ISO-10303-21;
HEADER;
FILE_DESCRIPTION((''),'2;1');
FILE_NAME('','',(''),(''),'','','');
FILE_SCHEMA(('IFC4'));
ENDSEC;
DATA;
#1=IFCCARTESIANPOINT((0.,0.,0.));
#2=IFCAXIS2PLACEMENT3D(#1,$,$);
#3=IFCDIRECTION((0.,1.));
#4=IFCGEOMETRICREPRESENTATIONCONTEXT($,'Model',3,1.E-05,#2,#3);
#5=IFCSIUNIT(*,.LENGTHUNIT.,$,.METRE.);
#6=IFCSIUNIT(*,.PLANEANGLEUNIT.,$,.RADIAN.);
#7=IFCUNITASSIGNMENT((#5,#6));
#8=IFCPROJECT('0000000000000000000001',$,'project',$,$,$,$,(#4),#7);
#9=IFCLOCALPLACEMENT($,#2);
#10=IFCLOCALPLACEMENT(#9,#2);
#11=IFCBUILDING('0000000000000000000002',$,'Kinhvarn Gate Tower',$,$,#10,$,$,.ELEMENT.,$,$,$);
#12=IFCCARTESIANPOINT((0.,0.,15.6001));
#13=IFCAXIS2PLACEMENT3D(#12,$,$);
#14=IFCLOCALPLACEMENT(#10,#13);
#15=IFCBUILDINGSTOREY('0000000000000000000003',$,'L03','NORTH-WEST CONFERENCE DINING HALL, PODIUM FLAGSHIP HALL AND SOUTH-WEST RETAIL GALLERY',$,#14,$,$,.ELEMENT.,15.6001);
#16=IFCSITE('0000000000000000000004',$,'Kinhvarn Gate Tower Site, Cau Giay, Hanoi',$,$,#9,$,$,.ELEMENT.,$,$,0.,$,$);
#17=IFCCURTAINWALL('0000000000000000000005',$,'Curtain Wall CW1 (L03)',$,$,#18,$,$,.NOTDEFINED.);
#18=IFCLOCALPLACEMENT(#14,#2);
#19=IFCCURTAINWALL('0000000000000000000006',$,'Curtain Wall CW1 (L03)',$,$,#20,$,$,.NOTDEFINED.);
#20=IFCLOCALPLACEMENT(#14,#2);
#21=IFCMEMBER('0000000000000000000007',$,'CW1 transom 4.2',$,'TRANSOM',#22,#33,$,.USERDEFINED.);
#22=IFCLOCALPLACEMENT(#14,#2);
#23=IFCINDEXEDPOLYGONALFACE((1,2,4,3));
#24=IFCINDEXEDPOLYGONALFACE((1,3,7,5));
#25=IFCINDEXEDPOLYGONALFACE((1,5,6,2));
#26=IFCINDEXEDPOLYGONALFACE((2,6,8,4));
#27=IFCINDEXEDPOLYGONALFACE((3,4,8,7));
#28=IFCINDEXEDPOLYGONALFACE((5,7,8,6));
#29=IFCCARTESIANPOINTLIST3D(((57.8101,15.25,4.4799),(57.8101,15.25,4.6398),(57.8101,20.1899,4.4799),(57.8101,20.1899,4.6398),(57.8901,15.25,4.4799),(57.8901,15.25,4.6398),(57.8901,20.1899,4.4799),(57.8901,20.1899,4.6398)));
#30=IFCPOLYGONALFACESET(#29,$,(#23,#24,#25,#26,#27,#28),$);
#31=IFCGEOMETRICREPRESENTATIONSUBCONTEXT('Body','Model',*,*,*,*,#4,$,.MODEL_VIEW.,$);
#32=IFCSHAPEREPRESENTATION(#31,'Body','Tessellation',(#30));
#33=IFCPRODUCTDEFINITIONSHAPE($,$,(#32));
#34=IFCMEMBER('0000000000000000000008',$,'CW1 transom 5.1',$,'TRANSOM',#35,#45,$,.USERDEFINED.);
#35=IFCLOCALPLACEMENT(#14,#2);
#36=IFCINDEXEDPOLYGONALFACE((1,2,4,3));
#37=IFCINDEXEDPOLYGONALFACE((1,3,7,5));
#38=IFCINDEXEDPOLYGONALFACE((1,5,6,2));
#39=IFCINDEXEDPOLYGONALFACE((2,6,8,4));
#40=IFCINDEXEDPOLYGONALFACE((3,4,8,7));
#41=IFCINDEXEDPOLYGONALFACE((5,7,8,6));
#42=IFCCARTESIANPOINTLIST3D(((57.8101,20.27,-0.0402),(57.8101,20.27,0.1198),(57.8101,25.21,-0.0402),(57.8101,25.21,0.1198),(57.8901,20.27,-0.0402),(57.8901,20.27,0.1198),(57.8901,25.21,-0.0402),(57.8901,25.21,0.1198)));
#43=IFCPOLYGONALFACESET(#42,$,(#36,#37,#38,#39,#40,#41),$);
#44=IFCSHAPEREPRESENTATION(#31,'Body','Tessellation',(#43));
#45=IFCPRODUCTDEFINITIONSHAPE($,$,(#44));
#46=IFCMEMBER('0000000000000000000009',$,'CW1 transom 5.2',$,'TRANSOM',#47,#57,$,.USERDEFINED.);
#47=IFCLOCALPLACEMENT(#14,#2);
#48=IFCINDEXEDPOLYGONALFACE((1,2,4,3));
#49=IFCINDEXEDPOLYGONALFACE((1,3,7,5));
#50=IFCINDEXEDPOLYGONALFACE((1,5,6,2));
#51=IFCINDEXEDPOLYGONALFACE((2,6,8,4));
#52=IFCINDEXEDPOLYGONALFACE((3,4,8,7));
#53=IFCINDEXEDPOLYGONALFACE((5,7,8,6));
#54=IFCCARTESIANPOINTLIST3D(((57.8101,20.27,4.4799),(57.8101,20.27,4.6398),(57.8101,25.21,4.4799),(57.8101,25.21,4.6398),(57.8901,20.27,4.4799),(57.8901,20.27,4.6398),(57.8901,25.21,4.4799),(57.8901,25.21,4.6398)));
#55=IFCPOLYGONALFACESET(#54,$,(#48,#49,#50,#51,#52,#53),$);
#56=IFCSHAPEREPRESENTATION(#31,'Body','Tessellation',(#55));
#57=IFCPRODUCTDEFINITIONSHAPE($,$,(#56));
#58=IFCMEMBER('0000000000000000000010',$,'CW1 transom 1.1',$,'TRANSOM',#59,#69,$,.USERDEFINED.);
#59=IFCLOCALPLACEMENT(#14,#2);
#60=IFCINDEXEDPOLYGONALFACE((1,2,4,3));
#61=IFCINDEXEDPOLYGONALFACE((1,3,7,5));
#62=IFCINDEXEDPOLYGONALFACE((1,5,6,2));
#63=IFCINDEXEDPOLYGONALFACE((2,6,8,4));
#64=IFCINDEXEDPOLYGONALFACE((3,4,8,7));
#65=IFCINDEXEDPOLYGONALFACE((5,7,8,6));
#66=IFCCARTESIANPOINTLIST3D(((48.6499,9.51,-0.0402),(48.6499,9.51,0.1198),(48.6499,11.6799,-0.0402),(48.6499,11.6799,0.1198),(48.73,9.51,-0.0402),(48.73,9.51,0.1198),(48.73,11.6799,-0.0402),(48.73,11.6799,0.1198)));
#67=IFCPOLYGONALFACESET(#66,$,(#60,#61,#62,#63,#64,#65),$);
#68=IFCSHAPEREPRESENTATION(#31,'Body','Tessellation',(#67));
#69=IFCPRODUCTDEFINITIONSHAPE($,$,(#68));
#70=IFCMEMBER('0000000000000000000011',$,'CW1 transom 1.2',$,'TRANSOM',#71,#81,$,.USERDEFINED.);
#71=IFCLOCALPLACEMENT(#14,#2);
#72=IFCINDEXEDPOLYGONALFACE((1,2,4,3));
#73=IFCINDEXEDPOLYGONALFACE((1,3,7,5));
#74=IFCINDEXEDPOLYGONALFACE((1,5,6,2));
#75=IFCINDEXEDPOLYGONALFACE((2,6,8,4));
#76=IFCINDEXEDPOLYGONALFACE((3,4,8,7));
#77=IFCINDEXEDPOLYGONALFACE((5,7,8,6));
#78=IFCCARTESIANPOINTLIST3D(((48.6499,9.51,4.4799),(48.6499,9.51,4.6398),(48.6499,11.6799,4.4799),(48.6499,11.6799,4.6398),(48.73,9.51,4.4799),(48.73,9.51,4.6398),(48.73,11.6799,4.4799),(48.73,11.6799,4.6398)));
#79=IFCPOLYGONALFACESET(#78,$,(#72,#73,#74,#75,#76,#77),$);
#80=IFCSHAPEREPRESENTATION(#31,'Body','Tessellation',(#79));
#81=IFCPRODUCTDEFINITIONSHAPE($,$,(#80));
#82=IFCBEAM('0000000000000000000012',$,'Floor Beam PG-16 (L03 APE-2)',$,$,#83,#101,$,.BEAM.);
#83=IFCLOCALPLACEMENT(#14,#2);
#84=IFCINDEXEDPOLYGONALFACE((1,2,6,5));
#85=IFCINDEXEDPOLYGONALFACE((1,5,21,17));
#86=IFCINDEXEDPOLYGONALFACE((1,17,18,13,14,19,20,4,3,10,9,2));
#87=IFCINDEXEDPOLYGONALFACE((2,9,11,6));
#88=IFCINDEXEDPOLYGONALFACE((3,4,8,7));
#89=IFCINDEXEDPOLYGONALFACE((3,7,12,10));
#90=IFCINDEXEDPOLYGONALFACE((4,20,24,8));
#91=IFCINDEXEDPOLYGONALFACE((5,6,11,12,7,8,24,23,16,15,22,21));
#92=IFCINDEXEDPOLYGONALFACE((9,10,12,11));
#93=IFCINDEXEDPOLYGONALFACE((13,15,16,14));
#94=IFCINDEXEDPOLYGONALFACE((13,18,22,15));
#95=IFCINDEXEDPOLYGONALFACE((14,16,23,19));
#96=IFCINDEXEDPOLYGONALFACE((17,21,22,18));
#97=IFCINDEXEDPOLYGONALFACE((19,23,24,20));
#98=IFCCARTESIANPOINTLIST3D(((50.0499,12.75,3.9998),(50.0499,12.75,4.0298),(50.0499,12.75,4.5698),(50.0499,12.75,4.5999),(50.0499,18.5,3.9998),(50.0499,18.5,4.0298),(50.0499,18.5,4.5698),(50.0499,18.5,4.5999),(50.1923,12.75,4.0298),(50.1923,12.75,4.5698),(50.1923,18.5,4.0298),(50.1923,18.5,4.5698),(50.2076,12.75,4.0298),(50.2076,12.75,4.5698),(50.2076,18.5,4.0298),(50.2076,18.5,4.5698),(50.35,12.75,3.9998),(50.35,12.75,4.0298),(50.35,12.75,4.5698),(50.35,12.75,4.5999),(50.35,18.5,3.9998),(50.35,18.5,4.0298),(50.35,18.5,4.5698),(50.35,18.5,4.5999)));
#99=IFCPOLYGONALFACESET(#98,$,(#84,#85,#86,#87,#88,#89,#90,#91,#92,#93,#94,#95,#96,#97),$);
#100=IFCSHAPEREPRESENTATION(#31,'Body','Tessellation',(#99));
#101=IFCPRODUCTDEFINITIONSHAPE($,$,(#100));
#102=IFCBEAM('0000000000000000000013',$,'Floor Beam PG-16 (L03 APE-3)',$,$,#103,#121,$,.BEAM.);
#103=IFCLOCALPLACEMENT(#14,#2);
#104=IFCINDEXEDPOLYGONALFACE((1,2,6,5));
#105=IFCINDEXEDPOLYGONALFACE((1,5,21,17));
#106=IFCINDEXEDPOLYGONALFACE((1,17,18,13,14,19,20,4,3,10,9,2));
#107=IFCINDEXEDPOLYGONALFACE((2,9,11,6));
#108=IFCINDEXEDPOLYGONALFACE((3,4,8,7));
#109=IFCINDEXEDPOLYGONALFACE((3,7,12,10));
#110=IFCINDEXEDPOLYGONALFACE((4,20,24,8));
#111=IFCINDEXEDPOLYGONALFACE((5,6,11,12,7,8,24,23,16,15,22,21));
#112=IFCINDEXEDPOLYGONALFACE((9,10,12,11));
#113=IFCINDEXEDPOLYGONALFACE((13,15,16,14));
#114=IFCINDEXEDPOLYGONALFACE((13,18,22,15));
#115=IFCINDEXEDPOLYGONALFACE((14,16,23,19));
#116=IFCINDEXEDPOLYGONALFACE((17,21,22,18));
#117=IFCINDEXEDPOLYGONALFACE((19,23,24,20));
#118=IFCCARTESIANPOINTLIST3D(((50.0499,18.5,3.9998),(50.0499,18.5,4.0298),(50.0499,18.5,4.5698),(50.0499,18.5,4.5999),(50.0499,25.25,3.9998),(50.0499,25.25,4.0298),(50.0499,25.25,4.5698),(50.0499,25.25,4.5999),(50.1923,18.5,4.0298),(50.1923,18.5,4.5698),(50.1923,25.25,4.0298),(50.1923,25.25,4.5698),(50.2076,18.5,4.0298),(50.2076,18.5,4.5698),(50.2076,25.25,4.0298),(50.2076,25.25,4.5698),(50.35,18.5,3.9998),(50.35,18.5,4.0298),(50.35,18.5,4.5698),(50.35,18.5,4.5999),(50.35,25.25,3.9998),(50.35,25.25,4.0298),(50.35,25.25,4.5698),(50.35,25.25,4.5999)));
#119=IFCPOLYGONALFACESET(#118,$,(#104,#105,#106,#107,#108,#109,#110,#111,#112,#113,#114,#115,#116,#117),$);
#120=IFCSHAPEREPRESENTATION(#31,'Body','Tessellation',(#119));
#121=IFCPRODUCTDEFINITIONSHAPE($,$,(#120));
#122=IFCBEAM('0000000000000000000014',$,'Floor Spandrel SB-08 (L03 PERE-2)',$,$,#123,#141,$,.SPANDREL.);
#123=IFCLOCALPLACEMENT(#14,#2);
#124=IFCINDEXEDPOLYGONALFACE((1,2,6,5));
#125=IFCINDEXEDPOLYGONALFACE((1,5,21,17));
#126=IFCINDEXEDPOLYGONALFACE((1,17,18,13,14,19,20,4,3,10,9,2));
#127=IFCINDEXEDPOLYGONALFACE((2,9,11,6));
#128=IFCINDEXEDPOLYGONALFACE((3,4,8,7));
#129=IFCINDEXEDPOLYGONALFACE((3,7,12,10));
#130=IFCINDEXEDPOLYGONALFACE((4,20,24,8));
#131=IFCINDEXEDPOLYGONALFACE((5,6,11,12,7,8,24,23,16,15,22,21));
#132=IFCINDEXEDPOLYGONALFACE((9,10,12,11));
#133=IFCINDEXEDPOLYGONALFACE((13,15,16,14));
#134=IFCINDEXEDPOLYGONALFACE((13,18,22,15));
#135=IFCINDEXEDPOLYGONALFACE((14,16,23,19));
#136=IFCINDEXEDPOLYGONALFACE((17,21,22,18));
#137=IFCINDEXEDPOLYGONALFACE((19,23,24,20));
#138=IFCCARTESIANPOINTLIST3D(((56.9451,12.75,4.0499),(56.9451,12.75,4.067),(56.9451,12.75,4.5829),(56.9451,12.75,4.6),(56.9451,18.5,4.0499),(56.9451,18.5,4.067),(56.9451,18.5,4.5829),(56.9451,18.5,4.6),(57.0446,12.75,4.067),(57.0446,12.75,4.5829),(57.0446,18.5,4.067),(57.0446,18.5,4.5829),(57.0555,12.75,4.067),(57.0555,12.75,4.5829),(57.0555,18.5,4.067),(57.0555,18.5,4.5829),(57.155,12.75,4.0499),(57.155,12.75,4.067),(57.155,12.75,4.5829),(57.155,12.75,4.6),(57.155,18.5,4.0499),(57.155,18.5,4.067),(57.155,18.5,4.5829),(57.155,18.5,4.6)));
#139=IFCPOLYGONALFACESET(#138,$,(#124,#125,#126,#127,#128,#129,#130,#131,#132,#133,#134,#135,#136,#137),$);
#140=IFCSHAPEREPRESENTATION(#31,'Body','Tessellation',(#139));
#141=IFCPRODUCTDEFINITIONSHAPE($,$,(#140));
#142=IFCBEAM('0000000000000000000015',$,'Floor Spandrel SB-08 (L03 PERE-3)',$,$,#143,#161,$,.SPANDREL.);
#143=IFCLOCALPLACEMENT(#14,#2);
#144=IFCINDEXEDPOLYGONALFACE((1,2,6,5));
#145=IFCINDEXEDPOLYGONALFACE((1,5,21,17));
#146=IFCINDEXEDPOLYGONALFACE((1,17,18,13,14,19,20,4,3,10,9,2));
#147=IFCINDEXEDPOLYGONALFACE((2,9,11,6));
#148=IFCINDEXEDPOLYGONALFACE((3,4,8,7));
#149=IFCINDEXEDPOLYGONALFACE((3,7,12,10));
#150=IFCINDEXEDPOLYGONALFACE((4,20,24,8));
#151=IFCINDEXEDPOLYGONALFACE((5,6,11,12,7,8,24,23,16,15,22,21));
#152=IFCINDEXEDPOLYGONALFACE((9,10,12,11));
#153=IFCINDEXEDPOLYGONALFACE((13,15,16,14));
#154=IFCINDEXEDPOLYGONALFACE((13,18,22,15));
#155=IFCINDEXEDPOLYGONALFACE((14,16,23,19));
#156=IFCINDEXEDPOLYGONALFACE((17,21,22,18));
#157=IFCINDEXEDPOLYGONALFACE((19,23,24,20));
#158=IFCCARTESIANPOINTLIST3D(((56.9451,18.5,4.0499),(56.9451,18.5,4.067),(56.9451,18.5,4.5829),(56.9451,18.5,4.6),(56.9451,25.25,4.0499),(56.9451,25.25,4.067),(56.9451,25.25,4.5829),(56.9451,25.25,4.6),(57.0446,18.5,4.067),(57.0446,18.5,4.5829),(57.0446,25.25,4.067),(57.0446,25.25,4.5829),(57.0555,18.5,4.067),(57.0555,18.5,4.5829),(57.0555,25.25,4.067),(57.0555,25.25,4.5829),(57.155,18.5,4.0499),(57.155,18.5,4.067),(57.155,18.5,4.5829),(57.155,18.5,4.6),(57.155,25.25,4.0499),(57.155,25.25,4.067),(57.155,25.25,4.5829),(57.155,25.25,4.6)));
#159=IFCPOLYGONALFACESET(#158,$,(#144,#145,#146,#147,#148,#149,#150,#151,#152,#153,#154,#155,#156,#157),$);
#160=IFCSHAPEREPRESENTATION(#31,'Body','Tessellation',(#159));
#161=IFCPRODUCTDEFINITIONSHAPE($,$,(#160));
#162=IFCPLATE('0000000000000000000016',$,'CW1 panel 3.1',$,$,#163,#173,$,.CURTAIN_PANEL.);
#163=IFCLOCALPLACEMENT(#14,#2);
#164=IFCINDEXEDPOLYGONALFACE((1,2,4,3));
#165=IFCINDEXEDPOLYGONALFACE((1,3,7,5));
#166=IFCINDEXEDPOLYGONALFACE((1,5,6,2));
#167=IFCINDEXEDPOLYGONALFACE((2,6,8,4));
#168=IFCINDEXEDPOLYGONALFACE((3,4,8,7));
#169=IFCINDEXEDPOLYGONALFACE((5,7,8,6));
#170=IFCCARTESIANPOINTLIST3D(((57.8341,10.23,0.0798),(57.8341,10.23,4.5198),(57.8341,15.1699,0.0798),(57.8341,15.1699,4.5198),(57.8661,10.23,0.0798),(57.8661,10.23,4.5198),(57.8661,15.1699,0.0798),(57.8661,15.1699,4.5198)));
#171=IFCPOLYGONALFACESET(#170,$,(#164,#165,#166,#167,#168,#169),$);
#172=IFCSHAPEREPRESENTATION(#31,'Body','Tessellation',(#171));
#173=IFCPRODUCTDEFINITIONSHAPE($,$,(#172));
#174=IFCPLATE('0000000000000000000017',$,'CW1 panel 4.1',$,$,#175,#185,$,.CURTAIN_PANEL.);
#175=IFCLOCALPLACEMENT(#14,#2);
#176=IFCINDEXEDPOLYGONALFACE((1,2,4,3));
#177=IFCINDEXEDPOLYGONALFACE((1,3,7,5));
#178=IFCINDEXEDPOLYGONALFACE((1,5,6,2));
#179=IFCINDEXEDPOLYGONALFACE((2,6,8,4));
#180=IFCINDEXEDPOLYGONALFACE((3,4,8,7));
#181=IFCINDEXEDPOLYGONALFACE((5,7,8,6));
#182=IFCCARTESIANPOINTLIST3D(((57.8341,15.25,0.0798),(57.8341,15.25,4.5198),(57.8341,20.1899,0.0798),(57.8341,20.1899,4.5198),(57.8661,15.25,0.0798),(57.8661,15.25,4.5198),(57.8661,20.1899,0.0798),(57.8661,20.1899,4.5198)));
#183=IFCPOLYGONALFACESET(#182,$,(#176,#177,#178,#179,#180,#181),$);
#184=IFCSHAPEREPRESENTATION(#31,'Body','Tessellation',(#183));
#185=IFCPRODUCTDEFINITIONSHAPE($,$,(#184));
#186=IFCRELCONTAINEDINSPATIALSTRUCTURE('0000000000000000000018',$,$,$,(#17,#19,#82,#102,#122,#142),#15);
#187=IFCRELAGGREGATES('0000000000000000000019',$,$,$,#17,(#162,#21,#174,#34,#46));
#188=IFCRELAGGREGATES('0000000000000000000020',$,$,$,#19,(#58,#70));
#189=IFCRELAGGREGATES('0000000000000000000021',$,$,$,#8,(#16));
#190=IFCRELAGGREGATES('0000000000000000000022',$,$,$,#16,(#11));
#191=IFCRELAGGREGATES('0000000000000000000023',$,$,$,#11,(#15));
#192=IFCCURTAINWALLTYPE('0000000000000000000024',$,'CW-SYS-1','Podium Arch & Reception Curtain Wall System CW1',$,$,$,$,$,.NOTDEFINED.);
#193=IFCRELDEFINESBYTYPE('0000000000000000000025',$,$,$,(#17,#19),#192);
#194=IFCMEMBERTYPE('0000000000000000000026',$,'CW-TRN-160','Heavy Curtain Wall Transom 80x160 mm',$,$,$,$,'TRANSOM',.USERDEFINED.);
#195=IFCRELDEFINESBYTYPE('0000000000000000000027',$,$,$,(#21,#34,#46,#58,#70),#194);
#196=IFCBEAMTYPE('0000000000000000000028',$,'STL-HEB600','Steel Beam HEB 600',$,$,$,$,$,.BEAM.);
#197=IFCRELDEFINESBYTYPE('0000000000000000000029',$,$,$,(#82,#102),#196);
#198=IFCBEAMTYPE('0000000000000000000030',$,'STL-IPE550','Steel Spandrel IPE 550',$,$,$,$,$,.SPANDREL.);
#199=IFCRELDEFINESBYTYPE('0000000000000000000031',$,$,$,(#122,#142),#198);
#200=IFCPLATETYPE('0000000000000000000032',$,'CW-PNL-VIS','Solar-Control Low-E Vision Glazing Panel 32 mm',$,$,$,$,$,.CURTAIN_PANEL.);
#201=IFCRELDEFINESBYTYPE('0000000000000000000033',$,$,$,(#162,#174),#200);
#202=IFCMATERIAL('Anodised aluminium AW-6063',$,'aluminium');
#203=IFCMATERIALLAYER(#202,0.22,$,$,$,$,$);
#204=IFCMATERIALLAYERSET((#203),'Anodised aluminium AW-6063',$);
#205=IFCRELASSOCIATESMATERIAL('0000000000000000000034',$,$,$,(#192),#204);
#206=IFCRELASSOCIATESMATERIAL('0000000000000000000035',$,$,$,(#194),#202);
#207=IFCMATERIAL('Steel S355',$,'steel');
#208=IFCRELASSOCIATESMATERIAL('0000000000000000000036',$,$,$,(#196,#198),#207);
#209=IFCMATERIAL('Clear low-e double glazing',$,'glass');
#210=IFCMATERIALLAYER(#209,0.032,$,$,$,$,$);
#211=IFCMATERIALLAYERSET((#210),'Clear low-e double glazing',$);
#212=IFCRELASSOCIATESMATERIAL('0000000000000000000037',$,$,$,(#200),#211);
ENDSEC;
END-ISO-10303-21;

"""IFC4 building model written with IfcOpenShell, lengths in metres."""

from ifc_helpers import new_model, si_unit, direction, frame, origin, origin_2d, place, context, subcontext, project, spatial, rectangle, i_section, extrude, material, layer, layer_set, material_profile, profile_set, type_object, element, aggregate, save


model = new_model("IFC4")

# Units and contexts
model_context = context("Model", 3, precision=1e-05, world=origin(), true_north=direction((0.0, 1.0)))
body_context = subcontext(model_context, "Body", "Model", "MODEL_VIEW")
ifc_project = project(units=[si_unit("LENGTHUNIT", "METRE"), si_unit("PLANEANGLEUNIT", "RADIAN")], contexts=[model_context])

# Site, building, storey
site_placement = place(None, origin())
site = spatial("IfcSite", under=ifc_project, at=site_placement, Name="Kinhvarn Gate Tower Site, Cau Giay, Hanoi", CompositionType="ELEMENT", RefElevation=0.0)
building_placement = place(site_placement, origin())
building = spatial("IfcBuilding", under=site, at=building_placement, Name="Kinhvarn Gate Tower", CompositionType="ELEMENT")
storey_placement = place(building_placement, frame((0.0, 0.0, 15.6001)))
storey = spatial("IfcBuildingStorey", under=building, at=storey_placement, Name="L03", Description="NORTH-WEST CONFERENCE DINING HALL, PODIUM FLAGSHIP HALL AND SOUTH-WEST RETAIL GALLERY", CompositionType="ELEMENT", Elevation=15.6001)

# Curtain wall
ifc_material_1 = material(Name="Anodised aluminium AW-6063", Category="aluminium")
ifc_layer_1 = layer(ifc_material_1, 0.22)
ifc_layer_set_1 = layer_set([ifc_layer_1], Name="Anodised aluminium AW-6063")
curtain_wall_type = type_object("IfcCurtainWallType", Name="CW-SYS-1", Description="Podium Arch & Reception Curtain Wall System CW1", PredefinedType="NOTDEFINED", material=ifc_layer_set_1)
curtain_wall_1_placement = place(storey_placement, origin())
curtain_wall_1 = element("IfcCurtainWall", 1, at=curtain_wall_1_placement, inside=storey, type_object=curtain_wall_type, Name="Curtain Wall CW1 (L03)", PredefinedType="NOTDEFINED")

# Curtain wall
curtain_wall_2_placement = place(storey_placement, origin())
curtain_wall_2 = element("IfcCurtainWall", 2, at=curtain_wall_2_placement, inside=storey, type_object=curtain_wall_type, Name="Curtain Wall CW1 (L03)", PredefinedType="NOTDEFINED")

# Members
ifc_material_profile_1 = material_profile(ifc_material_1, rectangle(XDim=0.0801, YDim=0.1599, at=origin_2d()), Name="ALU 80x160")
ifc_profile_set_1 = profile_set([ifc_material_profile_1], Name="Anodised aluminium AW-6063")
member_type_1 = type_object("IfcMemberType", Name="CW-TRN-160", Description="Heavy Curtain Wall Transom 80x160 mm", ElementType="TRANSOM", PredefinedType="USERDEFINED", material=ifc_profile_set_1)
member_1_placement = place(storey_placement, frame((57.8501, 15.25, 4.5598), z_axis=(0.0, 1.0, 0.0), x_axis=(-1.0, 0.0, 0.0)))
member_1 = element("IfcMember", 3, at=member_1_placement, type_object=member_type_1, Name="CW1 transom 4.2", ObjectType="TRANSOM", PredefinedType="USERDEFINED", context=body_context, shape_type="SweptSolid", body=[
    extrude(rectangle(XDim=0.0801, YDim=0.1599, at=origin_2d()), origin(), (0.0, 0.0, 1.0), 4.9399),
])
member_2_placement = place(storey_placement, frame((57.8501, 20.27, 0.0398), z_axis=(0.0, 1.0, 0.0), x_axis=(-1.0, 0.0, 0.0)))
member_2 = element("IfcMember", 4, at=member_2_placement, type_object=member_type_1, Name="CW1 transom 5.1", ObjectType="TRANSOM", PredefinedType="USERDEFINED", context=body_context, shape_type="SweptSolid", body=[
    extrude(rectangle(XDim=0.0801, YDim=0.1599, at=origin_2d()), origin(), (0.0, 0.0, 1.0), 4.9399),
])
member_3_placement = place(storey_placement, frame((57.8501, 20.27, 4.5598), z_axis=(0.0, 1.0, 0.0), x_axis=(-1.0, 0.0, 0.0)))
member_3 = element("IfcMember", 5, at=member_3_placement, type_object=member_type_1, Name="CW1 transom 5.2", ObjectType="TRANSOM", PredefinedType="USERDEFINED", context=body_context, shape_type="SweptSolid", body=[
    extrude(rectangle(XDim=0.0801, YDim=0.1599, at=origin_2d()), origin(), (0.0, 0.0, 1.0), 4.9399),
])
member_4_placement = place(storey_placement, frame((48.6899, 11.6799, 0.0398), z_axis=(0.0, -1.0, 0.0), x_axis=(1.0, 0.0, 0.0)))
member_4 = element("IfcMember", 6, at=member_4_placement, type_object=member_type_1, Name="CW1 transom 1.1", ObjectType="TRANSOM", PredefinedType="USERDEFINED", context=body_context, shape_type="SweptSolid", body=[
    extrude(rectangle(XDim=0.0801, YDim=0.1599, at=origin_2d()), origin(), (0.0, 0.0, 1.0), 2.1699),
])
member_5_placement = place(storey_placement, frame((48.6899, 11.6799, 4.5598), z_axis=(0.0, -1.0, 0.0), x_axis=(1.0, 0.0, 0.0)))
member_5 = element("IfcMember", 7, at=member_5_placement, type_object=member_type_1, Name="CW1 transom 1.2", ObjectType="TRANSOM", PredefinedType="USERDEFINED", context=body_context, shape_type="SweptSolid", body=[
    extrude(rectangle(XDim=0.0801, YDim=0.1599, at=origin_2d()), origin(), (0.0, 0.0, 1.0), 2.1699),
])

# Beams
ifc_material_2 = material(Name="Steel S355", Category="steel")
ifc_material_profile_2 = material_profile(ifc_material_2, i_section(OverallWidth=0.3, OverallDepth=0.6001, WebThickness=0.0154, FlangeThickness=0.03, at=origin_2d()), Name="HEB 600")
ifc_profile_set_2 = profile_set([ifc_material_profile_2], Name="Steel S355")
beam_type_1 = type_object("IfcBeamType", Name="STL-HEB600", Description="Steel Beam HEB 600", PredefinedType="BEAM", material=ifc_profile_set_2)
beam_1_placement = place(storey_placement, frame((50.2, 12.75, 4.2998), z_axis=(0.0, 1.0, 0.0), x_axis=(-1.0, 0.0, 0.0)))
element("IfcBeam", 8, at=beam_1_placement, inside=storey, type_object=beam_type_1, Name="Floor Beam PG-16 (L03 APE-2)", PredefinedType="BEAM", context=body_context, shape_type="SweptSolid", body=[
    extrude(i_section(OverallWidth=0.3, OverallDepth=0.6001, WebThickness=0.0154, FlangeThickness=0.03, at=origin_2d()), origin(), (0.0, 0.0, 1.0), 5.75),
])
beam_2_placement = place(storey_placement, frame((50.2, 18.5, 4.2998), z_axis=(0.0, 1.0, 0.0), x_axis=(-1.0, 0.0, 0.0)))
element("IfcBeam", 9, at=beam_2_placement, inside=storey, type_object=beam_type_1, Name="Floor Beam PG-16 (L03 APE-3)", PredefinedType="BEAM", context=body_context, shape_type="SweptSolid", body=[
    extrude(i_section(OverallWidth=0.3, OverallDepth=0.6001, WebThickness=0.0154, FlangeThickness=0.03, at=origin_2d()), origin(), (0.0, 0.0, 1.0), 6.75),
])
ifc_material_profile_3 = material_profile(ifc_material_2, i_section(OverallWidth=0.21, OverallDepth=0.55, WebThickness=0.011, FlangeThickness=0.0171, at=origin_2d()), Name="IPE 550")
ifc_profile_set_3 = profile_set([ifc_material_profile_3], Name="Steel S355")
beam_type_2 = type_object("IfcBeamType", Name="STL-IPE550", Description="Steel Spandrel IPE 550", PredefinedType="SPANDREL", material=ifc_profile_set_3)
beam_3_placement = place(storey_placement, frame((57.05, 12.75, 4.325), z_axis=(0.0, 1.0, 0.0), x_axis=(-1.0, 0.0, 0.0)))
element("IfcBeam", 10, at=beam_3_placement, inside=storey, type_object=beam_type_2, Name="Floor Spandrel SB-08 (L03 PERE-2)", PredefinedType="SPANDREL", context=body_context, shape_type="SweptSolid", body=[
    extrude(i_section(OverallWidth=0.21, OverallDepth=0.55, WebThickness=0.011, FlangeThickness=0.0171, at=origin_2d()), origin(), (0.0, 0.0, 1.0), 5.75),
])
beam_4_placement = place(storey_placement, frame((57.05, 18.5, 4.325), z_axis=(0.0, 1.0, 0.0), x_axis=(-1.0, 0.0, 0.0)))
element("IfcBeam", 11, at=beam_4_placement, inside=storey, type_object=beam_type_2, Name="Floor Spandrel SB-08 (L03 PERE-3)", PredefinedType="SPANDREL", context=body_context, shape_type="SweptSolid", body=[
    extrude(i_section(OverallWidth=0.21, OverallDepth=0.55, WebThickness=0.011, FlangeThickness=0.0171, at=origin_2d()), origin(), (0.0, 0.0, 1.0), 6.75),
])

# Plates
ifc_material_3 = material(Name="Clear low-e double glazing", Category="glass")
ifc_layer_2 = layer(ifc_material_3, 0.032)
ifc_layer_set_2 = layer_set([ifc_layer_2], Name="Clear low-e double glazing")
plate_type = type_object("IfcPlateType", Name="CW-PNL-VIS", Description="Solar-Control Low-E Vision Glazing Panel 32 mm", PredefinedType="CURTAIN_PANEL", material=ifc_layer_set_2)
plate_1_placement = place(storey_placement, frame((57.8501, 12.7, 0.0798), z_axis=(0.0, 0.0, 1.0), x_axis=(0.0, 1.0, 0.0)))
plate_1 = element("IfcPlate", 12, at=plate_1_placement, type_object=plate_type, Name="CW1 panel 3.1", PredefinedType="CURTAIN_PANEL", context=body_context, shape_type="SweptSolid", body=[
    extrude(rectangle(XDim=4.9399, YDim=0.032, at=origin_2d()), origin(), (0.0, 0.0, 1.0), 4.4399),
])
plate_2_placement = place(storey_placement, frame((57.8501, 17.72, 0.0798), z_axis=(0.0, 0.0, 1.0), x_axis=(0.0, 1.0, 0.0)))
plate_2 = element("IfcPlate", 13, at=plate_2_placement, type_object=plate_type, Name="CW1 panel 4.1", PredefinedType="CURTAIN_PANEL", context=body_context, shape_type="SweptSolid", body=[
    extrude(rectangle(XDim=4.9399, YDim=0.032, at=origin_2d()), origin(), (0.0, 0.0, 1.0), 4.4399),
])
aggregate(curtain_wall_1, [plate_1, member_1, plate_2, member_2, member_3])
aggregate(curtain_wall_2, [member_4, member_5])

save(model, "model.ifc")
